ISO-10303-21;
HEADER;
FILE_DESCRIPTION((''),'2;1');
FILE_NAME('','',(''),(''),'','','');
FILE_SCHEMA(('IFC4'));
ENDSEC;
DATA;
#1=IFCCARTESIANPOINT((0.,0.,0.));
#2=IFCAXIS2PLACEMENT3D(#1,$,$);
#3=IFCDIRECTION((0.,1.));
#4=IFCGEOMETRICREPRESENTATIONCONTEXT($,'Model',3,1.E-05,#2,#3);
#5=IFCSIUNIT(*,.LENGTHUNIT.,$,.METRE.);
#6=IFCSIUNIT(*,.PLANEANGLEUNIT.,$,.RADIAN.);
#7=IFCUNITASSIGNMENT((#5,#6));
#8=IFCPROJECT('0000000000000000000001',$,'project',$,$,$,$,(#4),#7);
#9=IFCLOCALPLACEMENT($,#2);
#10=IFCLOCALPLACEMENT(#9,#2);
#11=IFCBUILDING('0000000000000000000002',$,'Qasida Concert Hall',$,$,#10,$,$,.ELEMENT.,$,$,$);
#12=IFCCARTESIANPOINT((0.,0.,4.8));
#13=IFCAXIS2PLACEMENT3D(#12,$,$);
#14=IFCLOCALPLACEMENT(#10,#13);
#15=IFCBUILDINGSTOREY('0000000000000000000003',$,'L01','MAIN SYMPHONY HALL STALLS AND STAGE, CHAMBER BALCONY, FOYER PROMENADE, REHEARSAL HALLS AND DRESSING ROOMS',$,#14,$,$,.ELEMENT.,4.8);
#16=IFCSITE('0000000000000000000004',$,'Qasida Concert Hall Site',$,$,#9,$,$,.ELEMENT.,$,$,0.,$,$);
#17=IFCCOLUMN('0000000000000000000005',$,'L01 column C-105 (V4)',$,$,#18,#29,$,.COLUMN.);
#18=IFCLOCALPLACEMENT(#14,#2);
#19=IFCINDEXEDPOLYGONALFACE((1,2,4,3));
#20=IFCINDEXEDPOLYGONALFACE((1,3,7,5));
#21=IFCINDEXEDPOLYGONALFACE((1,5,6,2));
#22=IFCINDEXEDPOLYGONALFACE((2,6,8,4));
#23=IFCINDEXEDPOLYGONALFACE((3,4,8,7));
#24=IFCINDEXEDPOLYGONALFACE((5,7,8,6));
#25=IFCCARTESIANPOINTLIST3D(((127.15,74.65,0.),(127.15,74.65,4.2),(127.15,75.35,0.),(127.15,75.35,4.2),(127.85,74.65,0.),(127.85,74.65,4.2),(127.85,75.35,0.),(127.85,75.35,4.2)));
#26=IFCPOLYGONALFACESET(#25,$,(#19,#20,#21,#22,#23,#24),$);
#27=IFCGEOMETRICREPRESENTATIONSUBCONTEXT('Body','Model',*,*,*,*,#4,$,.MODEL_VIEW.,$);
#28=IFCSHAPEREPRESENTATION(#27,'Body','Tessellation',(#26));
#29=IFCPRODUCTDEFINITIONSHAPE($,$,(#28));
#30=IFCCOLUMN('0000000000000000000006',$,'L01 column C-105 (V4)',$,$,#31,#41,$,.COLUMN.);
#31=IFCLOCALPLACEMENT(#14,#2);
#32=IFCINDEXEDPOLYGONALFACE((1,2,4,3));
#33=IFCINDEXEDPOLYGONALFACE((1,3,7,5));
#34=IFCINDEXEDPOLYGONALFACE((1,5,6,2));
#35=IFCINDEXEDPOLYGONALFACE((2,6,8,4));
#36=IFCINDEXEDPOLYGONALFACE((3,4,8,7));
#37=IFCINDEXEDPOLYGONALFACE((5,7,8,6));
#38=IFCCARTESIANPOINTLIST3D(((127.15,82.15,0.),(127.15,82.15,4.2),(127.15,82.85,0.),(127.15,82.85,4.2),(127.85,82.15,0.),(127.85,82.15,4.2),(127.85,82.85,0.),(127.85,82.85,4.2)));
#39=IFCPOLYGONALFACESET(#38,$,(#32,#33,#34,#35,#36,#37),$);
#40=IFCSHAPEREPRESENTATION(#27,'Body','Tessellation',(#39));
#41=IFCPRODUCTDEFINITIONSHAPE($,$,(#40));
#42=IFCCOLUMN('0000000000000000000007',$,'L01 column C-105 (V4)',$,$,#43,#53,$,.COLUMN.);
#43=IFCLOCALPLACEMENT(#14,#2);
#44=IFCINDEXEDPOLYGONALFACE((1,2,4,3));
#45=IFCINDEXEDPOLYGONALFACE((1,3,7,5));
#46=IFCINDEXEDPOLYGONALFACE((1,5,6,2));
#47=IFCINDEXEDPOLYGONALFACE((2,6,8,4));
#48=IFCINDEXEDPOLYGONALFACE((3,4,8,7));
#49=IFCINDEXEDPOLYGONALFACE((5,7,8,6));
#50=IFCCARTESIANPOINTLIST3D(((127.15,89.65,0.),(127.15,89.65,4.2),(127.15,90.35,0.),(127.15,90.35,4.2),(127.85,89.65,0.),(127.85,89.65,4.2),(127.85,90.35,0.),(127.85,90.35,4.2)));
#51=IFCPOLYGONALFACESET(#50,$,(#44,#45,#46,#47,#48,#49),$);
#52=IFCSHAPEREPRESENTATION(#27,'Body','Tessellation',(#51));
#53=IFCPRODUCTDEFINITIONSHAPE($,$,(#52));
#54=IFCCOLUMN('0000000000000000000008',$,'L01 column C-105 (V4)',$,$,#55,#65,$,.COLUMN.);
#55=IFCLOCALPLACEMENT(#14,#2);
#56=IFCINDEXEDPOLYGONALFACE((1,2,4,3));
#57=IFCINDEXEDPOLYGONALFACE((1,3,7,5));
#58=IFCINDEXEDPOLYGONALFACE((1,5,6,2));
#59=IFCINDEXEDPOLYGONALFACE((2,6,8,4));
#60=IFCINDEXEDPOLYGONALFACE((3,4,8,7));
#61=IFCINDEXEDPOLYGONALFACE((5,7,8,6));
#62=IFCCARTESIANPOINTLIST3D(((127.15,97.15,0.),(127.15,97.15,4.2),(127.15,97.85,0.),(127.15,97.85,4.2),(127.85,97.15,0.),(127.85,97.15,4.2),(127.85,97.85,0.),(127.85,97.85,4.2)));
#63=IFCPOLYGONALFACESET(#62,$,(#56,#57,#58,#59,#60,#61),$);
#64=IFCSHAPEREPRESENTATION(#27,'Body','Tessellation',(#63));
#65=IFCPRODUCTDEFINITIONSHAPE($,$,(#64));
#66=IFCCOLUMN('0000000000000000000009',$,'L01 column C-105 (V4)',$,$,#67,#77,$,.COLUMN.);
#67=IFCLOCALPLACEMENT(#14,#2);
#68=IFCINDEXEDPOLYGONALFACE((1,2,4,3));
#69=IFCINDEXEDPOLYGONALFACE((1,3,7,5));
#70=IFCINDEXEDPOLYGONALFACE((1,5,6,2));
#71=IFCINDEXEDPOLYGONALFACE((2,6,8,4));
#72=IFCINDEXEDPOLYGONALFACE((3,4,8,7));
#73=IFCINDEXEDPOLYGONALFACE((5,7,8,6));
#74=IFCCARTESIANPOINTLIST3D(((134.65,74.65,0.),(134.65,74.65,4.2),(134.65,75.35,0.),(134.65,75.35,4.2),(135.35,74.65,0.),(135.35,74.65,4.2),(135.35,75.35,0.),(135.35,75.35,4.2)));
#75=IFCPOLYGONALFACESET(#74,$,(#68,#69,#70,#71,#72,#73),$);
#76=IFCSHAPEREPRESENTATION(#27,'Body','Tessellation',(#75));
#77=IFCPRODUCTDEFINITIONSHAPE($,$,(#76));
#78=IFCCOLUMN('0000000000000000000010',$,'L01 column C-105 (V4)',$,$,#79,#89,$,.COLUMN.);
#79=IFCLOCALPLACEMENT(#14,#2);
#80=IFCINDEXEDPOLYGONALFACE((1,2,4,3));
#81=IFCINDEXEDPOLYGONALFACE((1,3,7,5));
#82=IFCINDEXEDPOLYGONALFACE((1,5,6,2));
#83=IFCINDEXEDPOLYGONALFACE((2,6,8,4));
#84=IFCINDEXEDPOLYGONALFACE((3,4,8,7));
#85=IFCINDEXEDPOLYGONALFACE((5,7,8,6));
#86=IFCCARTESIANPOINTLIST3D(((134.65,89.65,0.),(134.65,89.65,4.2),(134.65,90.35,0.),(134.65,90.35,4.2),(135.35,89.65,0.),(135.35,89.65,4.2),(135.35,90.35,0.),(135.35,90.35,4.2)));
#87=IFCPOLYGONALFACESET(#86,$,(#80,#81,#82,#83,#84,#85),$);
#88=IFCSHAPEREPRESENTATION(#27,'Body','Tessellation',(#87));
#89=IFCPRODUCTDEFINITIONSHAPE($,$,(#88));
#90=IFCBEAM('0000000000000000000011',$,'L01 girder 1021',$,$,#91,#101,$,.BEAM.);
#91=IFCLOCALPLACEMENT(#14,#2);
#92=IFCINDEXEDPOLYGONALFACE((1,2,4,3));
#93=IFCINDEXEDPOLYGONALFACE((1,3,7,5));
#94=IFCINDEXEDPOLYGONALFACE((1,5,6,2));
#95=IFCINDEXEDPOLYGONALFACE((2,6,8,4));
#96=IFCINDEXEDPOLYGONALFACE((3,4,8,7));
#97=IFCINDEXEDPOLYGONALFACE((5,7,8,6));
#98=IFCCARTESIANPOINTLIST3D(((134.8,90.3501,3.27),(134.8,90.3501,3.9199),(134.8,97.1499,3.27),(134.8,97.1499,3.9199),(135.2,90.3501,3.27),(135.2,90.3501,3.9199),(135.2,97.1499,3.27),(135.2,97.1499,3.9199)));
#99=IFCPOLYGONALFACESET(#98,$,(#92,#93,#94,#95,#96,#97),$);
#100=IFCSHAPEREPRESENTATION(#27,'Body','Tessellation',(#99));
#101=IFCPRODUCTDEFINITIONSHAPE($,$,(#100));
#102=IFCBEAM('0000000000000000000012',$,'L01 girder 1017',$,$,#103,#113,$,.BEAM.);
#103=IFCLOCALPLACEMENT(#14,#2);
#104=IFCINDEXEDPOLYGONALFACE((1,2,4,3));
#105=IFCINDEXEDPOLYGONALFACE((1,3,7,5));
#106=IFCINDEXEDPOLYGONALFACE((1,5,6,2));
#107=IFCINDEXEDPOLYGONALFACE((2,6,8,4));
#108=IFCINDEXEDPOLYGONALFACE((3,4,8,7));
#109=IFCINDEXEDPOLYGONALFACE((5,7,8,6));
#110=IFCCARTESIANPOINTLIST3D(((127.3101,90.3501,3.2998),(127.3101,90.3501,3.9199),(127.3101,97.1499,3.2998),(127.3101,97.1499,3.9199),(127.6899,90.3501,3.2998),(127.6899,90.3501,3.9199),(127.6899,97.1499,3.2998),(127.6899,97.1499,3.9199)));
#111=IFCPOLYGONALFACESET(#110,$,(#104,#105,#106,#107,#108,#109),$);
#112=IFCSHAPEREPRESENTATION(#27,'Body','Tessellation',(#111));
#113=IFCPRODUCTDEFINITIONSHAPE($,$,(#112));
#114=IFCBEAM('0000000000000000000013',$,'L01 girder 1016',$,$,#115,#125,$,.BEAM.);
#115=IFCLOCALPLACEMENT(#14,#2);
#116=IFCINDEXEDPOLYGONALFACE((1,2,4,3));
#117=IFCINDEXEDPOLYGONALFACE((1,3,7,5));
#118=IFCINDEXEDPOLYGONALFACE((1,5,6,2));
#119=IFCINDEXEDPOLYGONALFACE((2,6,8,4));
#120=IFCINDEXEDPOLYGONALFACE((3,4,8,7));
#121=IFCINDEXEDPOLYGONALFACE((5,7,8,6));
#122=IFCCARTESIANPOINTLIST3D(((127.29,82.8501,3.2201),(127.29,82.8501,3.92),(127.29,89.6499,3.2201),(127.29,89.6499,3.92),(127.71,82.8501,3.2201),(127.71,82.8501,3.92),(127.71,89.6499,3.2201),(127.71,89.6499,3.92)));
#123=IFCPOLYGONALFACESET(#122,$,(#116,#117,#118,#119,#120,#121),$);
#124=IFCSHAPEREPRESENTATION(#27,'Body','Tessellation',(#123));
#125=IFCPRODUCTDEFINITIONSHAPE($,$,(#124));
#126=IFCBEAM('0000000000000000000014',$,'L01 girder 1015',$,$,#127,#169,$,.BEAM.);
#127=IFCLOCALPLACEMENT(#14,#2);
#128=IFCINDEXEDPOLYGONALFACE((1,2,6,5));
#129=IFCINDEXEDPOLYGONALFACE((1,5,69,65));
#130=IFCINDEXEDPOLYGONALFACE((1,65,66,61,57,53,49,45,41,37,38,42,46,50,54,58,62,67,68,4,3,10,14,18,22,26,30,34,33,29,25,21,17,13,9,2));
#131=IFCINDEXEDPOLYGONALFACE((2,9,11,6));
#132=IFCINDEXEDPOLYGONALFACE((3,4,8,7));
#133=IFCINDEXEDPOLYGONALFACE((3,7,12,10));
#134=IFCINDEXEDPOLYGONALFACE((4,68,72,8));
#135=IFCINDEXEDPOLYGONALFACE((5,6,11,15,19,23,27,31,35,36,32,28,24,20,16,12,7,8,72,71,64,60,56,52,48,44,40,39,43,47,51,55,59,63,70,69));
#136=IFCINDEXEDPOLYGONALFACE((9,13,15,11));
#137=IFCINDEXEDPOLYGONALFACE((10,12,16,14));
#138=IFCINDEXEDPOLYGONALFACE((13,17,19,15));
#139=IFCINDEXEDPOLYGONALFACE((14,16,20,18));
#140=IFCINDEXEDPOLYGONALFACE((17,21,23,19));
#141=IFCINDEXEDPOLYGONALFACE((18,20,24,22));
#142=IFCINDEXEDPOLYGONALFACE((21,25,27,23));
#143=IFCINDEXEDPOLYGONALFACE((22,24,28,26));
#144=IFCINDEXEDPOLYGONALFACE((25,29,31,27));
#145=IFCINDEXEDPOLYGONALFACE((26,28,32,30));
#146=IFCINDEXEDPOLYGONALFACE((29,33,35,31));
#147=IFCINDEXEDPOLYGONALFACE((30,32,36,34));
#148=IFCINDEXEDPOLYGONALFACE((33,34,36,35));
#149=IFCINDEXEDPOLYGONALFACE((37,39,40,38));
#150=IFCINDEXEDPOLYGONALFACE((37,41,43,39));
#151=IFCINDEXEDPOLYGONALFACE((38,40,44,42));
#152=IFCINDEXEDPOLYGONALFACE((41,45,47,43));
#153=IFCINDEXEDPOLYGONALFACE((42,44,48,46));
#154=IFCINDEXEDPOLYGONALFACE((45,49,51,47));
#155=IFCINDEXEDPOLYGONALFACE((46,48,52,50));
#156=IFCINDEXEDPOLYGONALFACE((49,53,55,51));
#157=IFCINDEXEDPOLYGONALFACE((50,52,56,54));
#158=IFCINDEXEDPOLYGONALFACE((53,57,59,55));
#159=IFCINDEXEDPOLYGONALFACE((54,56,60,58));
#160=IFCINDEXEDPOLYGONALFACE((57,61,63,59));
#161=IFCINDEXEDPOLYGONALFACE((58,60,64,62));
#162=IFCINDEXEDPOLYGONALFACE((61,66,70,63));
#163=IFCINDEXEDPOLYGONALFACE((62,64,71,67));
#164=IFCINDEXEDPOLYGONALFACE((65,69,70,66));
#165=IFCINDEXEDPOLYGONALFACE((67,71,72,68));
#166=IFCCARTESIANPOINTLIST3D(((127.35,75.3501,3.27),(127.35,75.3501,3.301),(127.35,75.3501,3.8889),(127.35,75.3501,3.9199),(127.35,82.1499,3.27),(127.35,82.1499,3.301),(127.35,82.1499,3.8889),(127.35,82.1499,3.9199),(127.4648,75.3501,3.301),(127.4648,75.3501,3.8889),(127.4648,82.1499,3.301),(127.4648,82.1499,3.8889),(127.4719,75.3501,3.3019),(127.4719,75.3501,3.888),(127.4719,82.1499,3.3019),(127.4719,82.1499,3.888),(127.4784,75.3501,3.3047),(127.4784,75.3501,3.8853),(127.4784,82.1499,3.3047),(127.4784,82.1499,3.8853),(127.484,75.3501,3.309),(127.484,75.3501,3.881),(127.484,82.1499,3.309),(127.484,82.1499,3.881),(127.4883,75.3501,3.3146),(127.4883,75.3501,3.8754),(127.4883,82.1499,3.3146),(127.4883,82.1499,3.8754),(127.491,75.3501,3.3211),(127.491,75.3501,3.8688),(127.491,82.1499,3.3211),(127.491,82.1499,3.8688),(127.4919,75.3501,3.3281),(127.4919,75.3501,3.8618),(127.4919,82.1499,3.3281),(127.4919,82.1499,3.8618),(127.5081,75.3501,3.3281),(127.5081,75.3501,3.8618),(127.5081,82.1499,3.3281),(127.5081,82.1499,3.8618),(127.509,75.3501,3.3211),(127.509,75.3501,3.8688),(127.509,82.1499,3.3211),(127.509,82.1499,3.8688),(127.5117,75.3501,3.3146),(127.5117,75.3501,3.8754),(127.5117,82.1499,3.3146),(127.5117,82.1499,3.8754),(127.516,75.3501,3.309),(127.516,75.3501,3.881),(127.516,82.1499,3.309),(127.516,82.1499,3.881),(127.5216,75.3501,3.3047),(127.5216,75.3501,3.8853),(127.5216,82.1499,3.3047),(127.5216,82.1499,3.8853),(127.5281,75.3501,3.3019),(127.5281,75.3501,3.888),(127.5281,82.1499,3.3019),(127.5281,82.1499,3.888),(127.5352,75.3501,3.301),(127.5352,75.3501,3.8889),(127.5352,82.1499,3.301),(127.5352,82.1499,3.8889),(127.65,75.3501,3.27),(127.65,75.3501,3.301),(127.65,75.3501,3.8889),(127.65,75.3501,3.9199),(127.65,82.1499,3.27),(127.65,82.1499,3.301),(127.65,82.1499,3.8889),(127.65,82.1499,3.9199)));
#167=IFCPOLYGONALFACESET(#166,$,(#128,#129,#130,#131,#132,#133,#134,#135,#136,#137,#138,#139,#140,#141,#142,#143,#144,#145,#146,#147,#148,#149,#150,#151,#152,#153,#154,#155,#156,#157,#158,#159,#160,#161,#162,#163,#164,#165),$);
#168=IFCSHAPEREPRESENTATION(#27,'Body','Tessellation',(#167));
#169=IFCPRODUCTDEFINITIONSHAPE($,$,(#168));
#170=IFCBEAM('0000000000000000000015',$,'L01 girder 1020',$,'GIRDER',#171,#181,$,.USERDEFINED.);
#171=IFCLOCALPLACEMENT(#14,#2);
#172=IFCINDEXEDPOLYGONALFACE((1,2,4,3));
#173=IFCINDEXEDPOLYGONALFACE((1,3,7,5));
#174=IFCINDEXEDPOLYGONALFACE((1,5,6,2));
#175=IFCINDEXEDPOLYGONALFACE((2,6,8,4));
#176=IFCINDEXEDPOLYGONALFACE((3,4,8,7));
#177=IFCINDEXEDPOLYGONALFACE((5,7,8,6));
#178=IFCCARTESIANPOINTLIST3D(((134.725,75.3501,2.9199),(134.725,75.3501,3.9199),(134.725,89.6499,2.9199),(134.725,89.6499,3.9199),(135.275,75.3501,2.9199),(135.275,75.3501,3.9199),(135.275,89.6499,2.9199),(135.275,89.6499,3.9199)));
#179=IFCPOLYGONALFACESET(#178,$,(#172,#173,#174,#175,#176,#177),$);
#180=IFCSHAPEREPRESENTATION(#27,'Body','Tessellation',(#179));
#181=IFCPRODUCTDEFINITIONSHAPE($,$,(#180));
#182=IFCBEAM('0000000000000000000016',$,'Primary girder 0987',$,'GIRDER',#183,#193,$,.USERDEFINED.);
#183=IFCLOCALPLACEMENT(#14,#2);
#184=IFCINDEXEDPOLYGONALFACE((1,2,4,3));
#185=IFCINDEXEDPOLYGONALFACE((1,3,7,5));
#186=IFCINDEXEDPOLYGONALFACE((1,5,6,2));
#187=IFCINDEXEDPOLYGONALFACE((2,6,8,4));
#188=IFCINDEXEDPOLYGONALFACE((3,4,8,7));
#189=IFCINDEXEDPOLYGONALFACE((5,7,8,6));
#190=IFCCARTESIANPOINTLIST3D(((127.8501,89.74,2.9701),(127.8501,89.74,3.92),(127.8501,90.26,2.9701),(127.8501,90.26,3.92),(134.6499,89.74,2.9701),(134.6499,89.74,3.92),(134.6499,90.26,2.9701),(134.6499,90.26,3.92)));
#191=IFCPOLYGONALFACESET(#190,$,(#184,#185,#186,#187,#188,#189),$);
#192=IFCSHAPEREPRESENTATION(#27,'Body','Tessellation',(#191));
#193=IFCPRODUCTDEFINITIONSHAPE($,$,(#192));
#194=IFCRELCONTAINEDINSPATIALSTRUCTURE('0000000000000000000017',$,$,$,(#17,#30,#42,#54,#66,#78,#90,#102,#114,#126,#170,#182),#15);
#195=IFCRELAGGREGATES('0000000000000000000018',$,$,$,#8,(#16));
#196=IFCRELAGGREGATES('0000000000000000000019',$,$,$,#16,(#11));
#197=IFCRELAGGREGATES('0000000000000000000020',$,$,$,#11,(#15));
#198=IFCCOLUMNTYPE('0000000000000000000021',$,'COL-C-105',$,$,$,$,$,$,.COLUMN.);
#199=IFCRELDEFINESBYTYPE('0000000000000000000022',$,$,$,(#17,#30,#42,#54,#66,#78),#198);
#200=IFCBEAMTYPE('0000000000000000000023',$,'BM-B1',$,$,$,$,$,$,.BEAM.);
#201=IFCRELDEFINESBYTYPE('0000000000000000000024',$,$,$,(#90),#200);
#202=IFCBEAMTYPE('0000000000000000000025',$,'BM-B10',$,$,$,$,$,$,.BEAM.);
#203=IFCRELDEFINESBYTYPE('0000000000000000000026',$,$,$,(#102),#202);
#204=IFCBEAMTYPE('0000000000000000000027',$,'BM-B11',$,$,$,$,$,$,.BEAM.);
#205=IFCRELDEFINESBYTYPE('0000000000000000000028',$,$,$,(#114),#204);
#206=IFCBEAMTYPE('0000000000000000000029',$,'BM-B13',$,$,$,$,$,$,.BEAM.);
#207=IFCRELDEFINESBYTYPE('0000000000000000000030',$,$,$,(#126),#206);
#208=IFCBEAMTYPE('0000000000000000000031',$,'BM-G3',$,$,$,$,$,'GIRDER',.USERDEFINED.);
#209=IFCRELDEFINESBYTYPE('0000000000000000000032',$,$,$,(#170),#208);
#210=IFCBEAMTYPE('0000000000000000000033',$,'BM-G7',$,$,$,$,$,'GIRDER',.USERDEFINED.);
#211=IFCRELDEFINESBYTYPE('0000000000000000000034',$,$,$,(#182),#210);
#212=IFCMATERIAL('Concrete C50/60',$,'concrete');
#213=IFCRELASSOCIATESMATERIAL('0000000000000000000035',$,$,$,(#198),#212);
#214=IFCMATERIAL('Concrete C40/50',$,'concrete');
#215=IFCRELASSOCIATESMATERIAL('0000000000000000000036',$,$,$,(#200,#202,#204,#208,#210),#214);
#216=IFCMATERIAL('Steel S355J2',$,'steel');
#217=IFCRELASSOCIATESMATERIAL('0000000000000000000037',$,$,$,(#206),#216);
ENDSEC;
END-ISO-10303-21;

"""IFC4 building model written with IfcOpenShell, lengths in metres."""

from ifc_helpers import new_model, si_unit, direction, frame, origin, origin_2d, place, context, subcontext, project, spatial, rectangle, i_section, extrude, material, material_profile, profile_set, type_object, element, save


model = new_model("IFC4")

# Units and contexts
model_context = context("Model", 3, precision=1e-05, world=origin(), true_north=direction((0.0, 1.0)))
body_context = subcontext(model_context, "Body", "Model", "MODEL_VIEW")
ifc_project = project(units=[si_unit("LENGTHUNIT", "METRE"), si_unit("PLANEANGLEUNIT", "RADIAN")], contexts=[model_context])

# Site, building, storey
site_placement = place(None, origin())
site = spatial("IfcSite", under=ifc_project, at=site_placement, Name="Qasida Concert Hall Site", CompositionType="ELEMENT", RefElevation=0.0)
building_placement = place(site_placement, origin())
building = spatial("IfcBuilding", under=site, at=building_placement, Name="Qasida Concert Hall", CompositionType="ELEMENT")
storey_placement = place(building_placement, frame((0.0, 0.0, 4.8)))
storey = spatial("IfcBuildingStorey", under=building, at=storey_placement, Name="L01", Description="MAIN SYMPHONY HALL STALLS AND STAGE, CHAMBER BALCONY, FOYER PROMENADE, REHEARSAL HALLS AND DRESSING ROOMS", CompositionType="ELEMENT", Elevation=4.8)

# Columns
ifc_material_1 = material(Name="Concrete C50/60", Category="concrete")
ifc_material_profile_1 = material_profile(ifc_material_1, rectangle(XDim=0.7, YDim=0.7, at=origin_2d()), Name="RC 700x700")
ifc_profile_set_1 = profile_set([ifc_material_profile_1], Name="Concrete C50/60")
column_type = type_object("IfcColumnType", Name="COL-C-105", PredefinedType="COLUMN", material=ifc_profile_set_1)
for number, where, z_axis, x_axis, name in (
    (1, (127.5, 75.0, 0.0), (0.0, 0.0, 1.0), (1.0, 0.0, 0.0), "L01 column C-105 (V4)"),
    (2, (127.5, 82.5, 0.0), (0.0, 0.0, 1.0), (1.0, 0.0, 0.0), "L01 column C-105 (V4)"),
    (3, (127.5, 90.0, 0.0), (0.0, 0.0, 1.0), (1.0, 0.0, 0.0), "L01 column C-105 (V4)"),
    (4, (127.5, 97.5, 0.0), (0.0, 0.0, 1.0), (1.0, 0.0, 0.0), "L01 column C-105 (V4)"),
    (5, (135.0, 75.0, 0.0), (0.0, 0.0, 1.0), (1.0, 0.0, 0.0), "L01 column C-105 (V4)"),
    (6, (135.0, 90.0, 0.0), (0.0, 0.0, 1.0), (1.0, 0.0, 0.0), "L01 column C-105 (V4)"),
):
    element("IfcColumn", number, at=place(storey_placement, frame(where, z_axis=z_axis, x_axis=x_axis)), inside=storey, type_object=column_type, Name=name, PredefinedType="COLUMN", context=body_context, shape_type="SweptSolid", body=[
        extrude(rectangle(XDim=0.7, YDim=0.7, at=origin_2d()), origin(), (0.0, 0.0, 1.0), 4.2),
    ])

# Beams
ifc_material_2 = material(Name="Concrete C40/50", Category="concrete")
ifc_material_profile_2 = material_profile(ifc_material_2, rectangle(XDim=0.3999, YDim=0.6499, at=origin_2d()), Name="RC 400x650")
ifc_profile_set_2 = profile_set([ifc_material_profile_2], Name="Concrete C40/50")
beam_type_1 = type_object("IfcBeamType", Name="BM-B1", PredefinedType="BEAM", material=ifc_profile_set_2)
beam_1_placement = place(storey_placement, frame((135.0, 90.3501, 3.595), z_axis=(0.0, 1.0, 0.0), x_axis=(-1.0, 0.0, 0.0)))
element("IfcBeam", 7, at=beam_1_placement, inside=storey, type_object=beam_type_1, Name="L01 girder 1021", PredefinedType="BEAM", context=body_context, shape_type="SweptSolid", body=[
    extrude(rectangle(XDim=0.3999, YDim=0.6499, at=origin_2d()), origin(), (0.0, 0.0, 1.0), 6.7998),
])
ifc_material_profile_3 = material_profile(ifc_material_2, rectangle(XDim=0.3799, YDim=0.6201, at=origin_2d()), Name="RC 380x620")
ifc_profile_set_3 = profile_set([ifc_material_profile_3], Name="Concrete C40/50")
beam_type_2 = type_object("IfcBeamType", Name="BM-B10", PredefinedType="BEAM", material=ifc_profile_set_3)
beam_2_placement = place(storey_placement, frame((127.5, 90.3501, 3.6099), z_axis=(0.0, 1.0, 0.0), x_axis=(-1.0, 0.0, 0.0)))
element("IfcBeam", 8, at=beam_2_placement, inside=storey, type_object=beam_type_2, Name="L01 girder 1017", PredefinedType="BEAM", context=body_context, shape_type="SweptSolid", body=[
    extrude(rectangle(XDim=0.3799, YDim=0.6201, at=origin_2d()), origin(), (0.0, 0.0, 1.0), 6.7998),
])
ifc_material_profile_4 = material_profile(ifc_material_2, rectangle(XDim=0.4199, YDim=0.7, at=origin_2d()), Name="RC 420x700")
ifc_profile_set_4 = profile_set([ifc_material_profile_4], Name="Concrete C40/50")
beam_type_3 = type_object("IfcBeamType", Name="BM-B11", PredefinedType="BEAM", material=ifc_profile_set_4)
beam_3_placement = place(storey_placement, frame((127.5, 82.8501, 3.5701), z_axis=(0.0, 1.0, 0.0), x_axis=(-1.0, 0.0, 0.0)))
element("IfcBeam", 9, at=beam_3_placement, inside=storey, type_object=beam_type_3, Name="L01 girder 1016", PredefinedType="BEAM", context=body_context, shape_type="SweptSolid", body=[
    extrude(rectangle(XDim=0.4199, YDim=0.7, at=origin_2d()), origin(), (0.0, 0.0, 1.0), 6.7998),
])
ifc_material_3 = material(Name="Steel S355J2", Category="steel")
ifc_material_profile_5 = material_profile(ifc_material_3, i_section(OverallWidth=0.3, OverallDepth=0.6499, WebThickness=0.0161, FlangeThickness=0.031, FilletRadius=0.0271, at=origin_2d()), Name="HEB 650")
ifc_profile_set_5 = profile_set([ifc_material_profile_5], Name="Steel S355J2")
beam_type_4 = type_object("IfcBeamType", Name="BM-B13", PredefinedType="BEAM", material=ifc_profile_set_5)
beam_4_placement = place(storey_placement, frame((127.5, 75.3501, 3.595), z_axis=(0.0, 1.0, 0.0), x_axis=(-1.0, 0.0, 0.0)))
element("IfcBeam", 10, at=beam_4_placement, inside=storey, type_object=beam_type_4, Name="L01 girder 1015", PredefinedType="BEAM", context=body_context, shape_type="SweptSolid", body=[
    extrude(i_section(OverallWidth=0.3, OverallDepth=0.6499, WebThickness=0.0161, FlangeThickness=0.031, FilletRadius=0.0271, at=origin_2d()), origin(), (0.0, 0.0, 1.0), 6.7998),
])
ifc_material_profile_6 = material_profile(ifc_material_2, rectangle(XDim=0.55, YDim=1.0, at=origin_2d()), Name="RC 550x1000")
ifc_profile_set_6 = profile_set([ifc_material_profile_6], Name="Concrete C40/50")
beam_type_5 = type_object("IfcBeamType", Name="BM-G3", ElementType="GIRDER", PredefinedType="USERDEFINED", material=ifc_profile_set_6)
beam_5_placement = place(storey_placement, frame((135.0, 75.3501, 3.4199), z_axis=(0.0, 1.0, 0.0), x_axis=(-1.0, 0.0, 0.0)))
element("IfcBeam", 11, at=beam_5_placement, inside=storey, type_object=beam_type_5, Name="L01 girder 1020", ObjectType="GIRDER", PredefinedType="USERDEFINED", context=body_context, shape_type="SweptSolid", body=[
    extrude(rectangle(XDim=0.55, YDim=1.0, at=origin_2d()), origin(), (0.0, 0.0, 1.0), 14.2998),
])
ifc_material_profile_7 = material_profile(ifc_material_2, rectangle(XDim=0.52, YDim=0.95, at=origin_2d()), Name="RC 520x950")
ifc_profile_set_7 = profile_set([ifc_material_profile_7], Name="Concrete C40/50")
beam_type_6 = type_object("IfcBeamType", Name="BM-G7", ElementType="GIRDER", PredefinedType="USERDEFINED", material=ifc_profile_set_7)
beam_6_placement = place(storey_placement, frame((127.8501, 90.0, 3.4451), z_axis=(1.0, 0.0, 0.0), x_axis=(0.0, 1.0, 0.0)))
element("IfcBeam", 12, at=beam_6_placement, inside=storey, type_object=beam_type_6, Name="Primary girder 0987", ObjectType="GIRDER", PredefinedType="USERDEFINED", context=body_context, shape_type="SweptSolid", body=[
    extrude(rectangle(XDim=0.52, YDim=0.95, at=origin_2d()), origin(), (0.0, 0.0, 1.0), 6.7998),
])

save(model, "model.ifc")
